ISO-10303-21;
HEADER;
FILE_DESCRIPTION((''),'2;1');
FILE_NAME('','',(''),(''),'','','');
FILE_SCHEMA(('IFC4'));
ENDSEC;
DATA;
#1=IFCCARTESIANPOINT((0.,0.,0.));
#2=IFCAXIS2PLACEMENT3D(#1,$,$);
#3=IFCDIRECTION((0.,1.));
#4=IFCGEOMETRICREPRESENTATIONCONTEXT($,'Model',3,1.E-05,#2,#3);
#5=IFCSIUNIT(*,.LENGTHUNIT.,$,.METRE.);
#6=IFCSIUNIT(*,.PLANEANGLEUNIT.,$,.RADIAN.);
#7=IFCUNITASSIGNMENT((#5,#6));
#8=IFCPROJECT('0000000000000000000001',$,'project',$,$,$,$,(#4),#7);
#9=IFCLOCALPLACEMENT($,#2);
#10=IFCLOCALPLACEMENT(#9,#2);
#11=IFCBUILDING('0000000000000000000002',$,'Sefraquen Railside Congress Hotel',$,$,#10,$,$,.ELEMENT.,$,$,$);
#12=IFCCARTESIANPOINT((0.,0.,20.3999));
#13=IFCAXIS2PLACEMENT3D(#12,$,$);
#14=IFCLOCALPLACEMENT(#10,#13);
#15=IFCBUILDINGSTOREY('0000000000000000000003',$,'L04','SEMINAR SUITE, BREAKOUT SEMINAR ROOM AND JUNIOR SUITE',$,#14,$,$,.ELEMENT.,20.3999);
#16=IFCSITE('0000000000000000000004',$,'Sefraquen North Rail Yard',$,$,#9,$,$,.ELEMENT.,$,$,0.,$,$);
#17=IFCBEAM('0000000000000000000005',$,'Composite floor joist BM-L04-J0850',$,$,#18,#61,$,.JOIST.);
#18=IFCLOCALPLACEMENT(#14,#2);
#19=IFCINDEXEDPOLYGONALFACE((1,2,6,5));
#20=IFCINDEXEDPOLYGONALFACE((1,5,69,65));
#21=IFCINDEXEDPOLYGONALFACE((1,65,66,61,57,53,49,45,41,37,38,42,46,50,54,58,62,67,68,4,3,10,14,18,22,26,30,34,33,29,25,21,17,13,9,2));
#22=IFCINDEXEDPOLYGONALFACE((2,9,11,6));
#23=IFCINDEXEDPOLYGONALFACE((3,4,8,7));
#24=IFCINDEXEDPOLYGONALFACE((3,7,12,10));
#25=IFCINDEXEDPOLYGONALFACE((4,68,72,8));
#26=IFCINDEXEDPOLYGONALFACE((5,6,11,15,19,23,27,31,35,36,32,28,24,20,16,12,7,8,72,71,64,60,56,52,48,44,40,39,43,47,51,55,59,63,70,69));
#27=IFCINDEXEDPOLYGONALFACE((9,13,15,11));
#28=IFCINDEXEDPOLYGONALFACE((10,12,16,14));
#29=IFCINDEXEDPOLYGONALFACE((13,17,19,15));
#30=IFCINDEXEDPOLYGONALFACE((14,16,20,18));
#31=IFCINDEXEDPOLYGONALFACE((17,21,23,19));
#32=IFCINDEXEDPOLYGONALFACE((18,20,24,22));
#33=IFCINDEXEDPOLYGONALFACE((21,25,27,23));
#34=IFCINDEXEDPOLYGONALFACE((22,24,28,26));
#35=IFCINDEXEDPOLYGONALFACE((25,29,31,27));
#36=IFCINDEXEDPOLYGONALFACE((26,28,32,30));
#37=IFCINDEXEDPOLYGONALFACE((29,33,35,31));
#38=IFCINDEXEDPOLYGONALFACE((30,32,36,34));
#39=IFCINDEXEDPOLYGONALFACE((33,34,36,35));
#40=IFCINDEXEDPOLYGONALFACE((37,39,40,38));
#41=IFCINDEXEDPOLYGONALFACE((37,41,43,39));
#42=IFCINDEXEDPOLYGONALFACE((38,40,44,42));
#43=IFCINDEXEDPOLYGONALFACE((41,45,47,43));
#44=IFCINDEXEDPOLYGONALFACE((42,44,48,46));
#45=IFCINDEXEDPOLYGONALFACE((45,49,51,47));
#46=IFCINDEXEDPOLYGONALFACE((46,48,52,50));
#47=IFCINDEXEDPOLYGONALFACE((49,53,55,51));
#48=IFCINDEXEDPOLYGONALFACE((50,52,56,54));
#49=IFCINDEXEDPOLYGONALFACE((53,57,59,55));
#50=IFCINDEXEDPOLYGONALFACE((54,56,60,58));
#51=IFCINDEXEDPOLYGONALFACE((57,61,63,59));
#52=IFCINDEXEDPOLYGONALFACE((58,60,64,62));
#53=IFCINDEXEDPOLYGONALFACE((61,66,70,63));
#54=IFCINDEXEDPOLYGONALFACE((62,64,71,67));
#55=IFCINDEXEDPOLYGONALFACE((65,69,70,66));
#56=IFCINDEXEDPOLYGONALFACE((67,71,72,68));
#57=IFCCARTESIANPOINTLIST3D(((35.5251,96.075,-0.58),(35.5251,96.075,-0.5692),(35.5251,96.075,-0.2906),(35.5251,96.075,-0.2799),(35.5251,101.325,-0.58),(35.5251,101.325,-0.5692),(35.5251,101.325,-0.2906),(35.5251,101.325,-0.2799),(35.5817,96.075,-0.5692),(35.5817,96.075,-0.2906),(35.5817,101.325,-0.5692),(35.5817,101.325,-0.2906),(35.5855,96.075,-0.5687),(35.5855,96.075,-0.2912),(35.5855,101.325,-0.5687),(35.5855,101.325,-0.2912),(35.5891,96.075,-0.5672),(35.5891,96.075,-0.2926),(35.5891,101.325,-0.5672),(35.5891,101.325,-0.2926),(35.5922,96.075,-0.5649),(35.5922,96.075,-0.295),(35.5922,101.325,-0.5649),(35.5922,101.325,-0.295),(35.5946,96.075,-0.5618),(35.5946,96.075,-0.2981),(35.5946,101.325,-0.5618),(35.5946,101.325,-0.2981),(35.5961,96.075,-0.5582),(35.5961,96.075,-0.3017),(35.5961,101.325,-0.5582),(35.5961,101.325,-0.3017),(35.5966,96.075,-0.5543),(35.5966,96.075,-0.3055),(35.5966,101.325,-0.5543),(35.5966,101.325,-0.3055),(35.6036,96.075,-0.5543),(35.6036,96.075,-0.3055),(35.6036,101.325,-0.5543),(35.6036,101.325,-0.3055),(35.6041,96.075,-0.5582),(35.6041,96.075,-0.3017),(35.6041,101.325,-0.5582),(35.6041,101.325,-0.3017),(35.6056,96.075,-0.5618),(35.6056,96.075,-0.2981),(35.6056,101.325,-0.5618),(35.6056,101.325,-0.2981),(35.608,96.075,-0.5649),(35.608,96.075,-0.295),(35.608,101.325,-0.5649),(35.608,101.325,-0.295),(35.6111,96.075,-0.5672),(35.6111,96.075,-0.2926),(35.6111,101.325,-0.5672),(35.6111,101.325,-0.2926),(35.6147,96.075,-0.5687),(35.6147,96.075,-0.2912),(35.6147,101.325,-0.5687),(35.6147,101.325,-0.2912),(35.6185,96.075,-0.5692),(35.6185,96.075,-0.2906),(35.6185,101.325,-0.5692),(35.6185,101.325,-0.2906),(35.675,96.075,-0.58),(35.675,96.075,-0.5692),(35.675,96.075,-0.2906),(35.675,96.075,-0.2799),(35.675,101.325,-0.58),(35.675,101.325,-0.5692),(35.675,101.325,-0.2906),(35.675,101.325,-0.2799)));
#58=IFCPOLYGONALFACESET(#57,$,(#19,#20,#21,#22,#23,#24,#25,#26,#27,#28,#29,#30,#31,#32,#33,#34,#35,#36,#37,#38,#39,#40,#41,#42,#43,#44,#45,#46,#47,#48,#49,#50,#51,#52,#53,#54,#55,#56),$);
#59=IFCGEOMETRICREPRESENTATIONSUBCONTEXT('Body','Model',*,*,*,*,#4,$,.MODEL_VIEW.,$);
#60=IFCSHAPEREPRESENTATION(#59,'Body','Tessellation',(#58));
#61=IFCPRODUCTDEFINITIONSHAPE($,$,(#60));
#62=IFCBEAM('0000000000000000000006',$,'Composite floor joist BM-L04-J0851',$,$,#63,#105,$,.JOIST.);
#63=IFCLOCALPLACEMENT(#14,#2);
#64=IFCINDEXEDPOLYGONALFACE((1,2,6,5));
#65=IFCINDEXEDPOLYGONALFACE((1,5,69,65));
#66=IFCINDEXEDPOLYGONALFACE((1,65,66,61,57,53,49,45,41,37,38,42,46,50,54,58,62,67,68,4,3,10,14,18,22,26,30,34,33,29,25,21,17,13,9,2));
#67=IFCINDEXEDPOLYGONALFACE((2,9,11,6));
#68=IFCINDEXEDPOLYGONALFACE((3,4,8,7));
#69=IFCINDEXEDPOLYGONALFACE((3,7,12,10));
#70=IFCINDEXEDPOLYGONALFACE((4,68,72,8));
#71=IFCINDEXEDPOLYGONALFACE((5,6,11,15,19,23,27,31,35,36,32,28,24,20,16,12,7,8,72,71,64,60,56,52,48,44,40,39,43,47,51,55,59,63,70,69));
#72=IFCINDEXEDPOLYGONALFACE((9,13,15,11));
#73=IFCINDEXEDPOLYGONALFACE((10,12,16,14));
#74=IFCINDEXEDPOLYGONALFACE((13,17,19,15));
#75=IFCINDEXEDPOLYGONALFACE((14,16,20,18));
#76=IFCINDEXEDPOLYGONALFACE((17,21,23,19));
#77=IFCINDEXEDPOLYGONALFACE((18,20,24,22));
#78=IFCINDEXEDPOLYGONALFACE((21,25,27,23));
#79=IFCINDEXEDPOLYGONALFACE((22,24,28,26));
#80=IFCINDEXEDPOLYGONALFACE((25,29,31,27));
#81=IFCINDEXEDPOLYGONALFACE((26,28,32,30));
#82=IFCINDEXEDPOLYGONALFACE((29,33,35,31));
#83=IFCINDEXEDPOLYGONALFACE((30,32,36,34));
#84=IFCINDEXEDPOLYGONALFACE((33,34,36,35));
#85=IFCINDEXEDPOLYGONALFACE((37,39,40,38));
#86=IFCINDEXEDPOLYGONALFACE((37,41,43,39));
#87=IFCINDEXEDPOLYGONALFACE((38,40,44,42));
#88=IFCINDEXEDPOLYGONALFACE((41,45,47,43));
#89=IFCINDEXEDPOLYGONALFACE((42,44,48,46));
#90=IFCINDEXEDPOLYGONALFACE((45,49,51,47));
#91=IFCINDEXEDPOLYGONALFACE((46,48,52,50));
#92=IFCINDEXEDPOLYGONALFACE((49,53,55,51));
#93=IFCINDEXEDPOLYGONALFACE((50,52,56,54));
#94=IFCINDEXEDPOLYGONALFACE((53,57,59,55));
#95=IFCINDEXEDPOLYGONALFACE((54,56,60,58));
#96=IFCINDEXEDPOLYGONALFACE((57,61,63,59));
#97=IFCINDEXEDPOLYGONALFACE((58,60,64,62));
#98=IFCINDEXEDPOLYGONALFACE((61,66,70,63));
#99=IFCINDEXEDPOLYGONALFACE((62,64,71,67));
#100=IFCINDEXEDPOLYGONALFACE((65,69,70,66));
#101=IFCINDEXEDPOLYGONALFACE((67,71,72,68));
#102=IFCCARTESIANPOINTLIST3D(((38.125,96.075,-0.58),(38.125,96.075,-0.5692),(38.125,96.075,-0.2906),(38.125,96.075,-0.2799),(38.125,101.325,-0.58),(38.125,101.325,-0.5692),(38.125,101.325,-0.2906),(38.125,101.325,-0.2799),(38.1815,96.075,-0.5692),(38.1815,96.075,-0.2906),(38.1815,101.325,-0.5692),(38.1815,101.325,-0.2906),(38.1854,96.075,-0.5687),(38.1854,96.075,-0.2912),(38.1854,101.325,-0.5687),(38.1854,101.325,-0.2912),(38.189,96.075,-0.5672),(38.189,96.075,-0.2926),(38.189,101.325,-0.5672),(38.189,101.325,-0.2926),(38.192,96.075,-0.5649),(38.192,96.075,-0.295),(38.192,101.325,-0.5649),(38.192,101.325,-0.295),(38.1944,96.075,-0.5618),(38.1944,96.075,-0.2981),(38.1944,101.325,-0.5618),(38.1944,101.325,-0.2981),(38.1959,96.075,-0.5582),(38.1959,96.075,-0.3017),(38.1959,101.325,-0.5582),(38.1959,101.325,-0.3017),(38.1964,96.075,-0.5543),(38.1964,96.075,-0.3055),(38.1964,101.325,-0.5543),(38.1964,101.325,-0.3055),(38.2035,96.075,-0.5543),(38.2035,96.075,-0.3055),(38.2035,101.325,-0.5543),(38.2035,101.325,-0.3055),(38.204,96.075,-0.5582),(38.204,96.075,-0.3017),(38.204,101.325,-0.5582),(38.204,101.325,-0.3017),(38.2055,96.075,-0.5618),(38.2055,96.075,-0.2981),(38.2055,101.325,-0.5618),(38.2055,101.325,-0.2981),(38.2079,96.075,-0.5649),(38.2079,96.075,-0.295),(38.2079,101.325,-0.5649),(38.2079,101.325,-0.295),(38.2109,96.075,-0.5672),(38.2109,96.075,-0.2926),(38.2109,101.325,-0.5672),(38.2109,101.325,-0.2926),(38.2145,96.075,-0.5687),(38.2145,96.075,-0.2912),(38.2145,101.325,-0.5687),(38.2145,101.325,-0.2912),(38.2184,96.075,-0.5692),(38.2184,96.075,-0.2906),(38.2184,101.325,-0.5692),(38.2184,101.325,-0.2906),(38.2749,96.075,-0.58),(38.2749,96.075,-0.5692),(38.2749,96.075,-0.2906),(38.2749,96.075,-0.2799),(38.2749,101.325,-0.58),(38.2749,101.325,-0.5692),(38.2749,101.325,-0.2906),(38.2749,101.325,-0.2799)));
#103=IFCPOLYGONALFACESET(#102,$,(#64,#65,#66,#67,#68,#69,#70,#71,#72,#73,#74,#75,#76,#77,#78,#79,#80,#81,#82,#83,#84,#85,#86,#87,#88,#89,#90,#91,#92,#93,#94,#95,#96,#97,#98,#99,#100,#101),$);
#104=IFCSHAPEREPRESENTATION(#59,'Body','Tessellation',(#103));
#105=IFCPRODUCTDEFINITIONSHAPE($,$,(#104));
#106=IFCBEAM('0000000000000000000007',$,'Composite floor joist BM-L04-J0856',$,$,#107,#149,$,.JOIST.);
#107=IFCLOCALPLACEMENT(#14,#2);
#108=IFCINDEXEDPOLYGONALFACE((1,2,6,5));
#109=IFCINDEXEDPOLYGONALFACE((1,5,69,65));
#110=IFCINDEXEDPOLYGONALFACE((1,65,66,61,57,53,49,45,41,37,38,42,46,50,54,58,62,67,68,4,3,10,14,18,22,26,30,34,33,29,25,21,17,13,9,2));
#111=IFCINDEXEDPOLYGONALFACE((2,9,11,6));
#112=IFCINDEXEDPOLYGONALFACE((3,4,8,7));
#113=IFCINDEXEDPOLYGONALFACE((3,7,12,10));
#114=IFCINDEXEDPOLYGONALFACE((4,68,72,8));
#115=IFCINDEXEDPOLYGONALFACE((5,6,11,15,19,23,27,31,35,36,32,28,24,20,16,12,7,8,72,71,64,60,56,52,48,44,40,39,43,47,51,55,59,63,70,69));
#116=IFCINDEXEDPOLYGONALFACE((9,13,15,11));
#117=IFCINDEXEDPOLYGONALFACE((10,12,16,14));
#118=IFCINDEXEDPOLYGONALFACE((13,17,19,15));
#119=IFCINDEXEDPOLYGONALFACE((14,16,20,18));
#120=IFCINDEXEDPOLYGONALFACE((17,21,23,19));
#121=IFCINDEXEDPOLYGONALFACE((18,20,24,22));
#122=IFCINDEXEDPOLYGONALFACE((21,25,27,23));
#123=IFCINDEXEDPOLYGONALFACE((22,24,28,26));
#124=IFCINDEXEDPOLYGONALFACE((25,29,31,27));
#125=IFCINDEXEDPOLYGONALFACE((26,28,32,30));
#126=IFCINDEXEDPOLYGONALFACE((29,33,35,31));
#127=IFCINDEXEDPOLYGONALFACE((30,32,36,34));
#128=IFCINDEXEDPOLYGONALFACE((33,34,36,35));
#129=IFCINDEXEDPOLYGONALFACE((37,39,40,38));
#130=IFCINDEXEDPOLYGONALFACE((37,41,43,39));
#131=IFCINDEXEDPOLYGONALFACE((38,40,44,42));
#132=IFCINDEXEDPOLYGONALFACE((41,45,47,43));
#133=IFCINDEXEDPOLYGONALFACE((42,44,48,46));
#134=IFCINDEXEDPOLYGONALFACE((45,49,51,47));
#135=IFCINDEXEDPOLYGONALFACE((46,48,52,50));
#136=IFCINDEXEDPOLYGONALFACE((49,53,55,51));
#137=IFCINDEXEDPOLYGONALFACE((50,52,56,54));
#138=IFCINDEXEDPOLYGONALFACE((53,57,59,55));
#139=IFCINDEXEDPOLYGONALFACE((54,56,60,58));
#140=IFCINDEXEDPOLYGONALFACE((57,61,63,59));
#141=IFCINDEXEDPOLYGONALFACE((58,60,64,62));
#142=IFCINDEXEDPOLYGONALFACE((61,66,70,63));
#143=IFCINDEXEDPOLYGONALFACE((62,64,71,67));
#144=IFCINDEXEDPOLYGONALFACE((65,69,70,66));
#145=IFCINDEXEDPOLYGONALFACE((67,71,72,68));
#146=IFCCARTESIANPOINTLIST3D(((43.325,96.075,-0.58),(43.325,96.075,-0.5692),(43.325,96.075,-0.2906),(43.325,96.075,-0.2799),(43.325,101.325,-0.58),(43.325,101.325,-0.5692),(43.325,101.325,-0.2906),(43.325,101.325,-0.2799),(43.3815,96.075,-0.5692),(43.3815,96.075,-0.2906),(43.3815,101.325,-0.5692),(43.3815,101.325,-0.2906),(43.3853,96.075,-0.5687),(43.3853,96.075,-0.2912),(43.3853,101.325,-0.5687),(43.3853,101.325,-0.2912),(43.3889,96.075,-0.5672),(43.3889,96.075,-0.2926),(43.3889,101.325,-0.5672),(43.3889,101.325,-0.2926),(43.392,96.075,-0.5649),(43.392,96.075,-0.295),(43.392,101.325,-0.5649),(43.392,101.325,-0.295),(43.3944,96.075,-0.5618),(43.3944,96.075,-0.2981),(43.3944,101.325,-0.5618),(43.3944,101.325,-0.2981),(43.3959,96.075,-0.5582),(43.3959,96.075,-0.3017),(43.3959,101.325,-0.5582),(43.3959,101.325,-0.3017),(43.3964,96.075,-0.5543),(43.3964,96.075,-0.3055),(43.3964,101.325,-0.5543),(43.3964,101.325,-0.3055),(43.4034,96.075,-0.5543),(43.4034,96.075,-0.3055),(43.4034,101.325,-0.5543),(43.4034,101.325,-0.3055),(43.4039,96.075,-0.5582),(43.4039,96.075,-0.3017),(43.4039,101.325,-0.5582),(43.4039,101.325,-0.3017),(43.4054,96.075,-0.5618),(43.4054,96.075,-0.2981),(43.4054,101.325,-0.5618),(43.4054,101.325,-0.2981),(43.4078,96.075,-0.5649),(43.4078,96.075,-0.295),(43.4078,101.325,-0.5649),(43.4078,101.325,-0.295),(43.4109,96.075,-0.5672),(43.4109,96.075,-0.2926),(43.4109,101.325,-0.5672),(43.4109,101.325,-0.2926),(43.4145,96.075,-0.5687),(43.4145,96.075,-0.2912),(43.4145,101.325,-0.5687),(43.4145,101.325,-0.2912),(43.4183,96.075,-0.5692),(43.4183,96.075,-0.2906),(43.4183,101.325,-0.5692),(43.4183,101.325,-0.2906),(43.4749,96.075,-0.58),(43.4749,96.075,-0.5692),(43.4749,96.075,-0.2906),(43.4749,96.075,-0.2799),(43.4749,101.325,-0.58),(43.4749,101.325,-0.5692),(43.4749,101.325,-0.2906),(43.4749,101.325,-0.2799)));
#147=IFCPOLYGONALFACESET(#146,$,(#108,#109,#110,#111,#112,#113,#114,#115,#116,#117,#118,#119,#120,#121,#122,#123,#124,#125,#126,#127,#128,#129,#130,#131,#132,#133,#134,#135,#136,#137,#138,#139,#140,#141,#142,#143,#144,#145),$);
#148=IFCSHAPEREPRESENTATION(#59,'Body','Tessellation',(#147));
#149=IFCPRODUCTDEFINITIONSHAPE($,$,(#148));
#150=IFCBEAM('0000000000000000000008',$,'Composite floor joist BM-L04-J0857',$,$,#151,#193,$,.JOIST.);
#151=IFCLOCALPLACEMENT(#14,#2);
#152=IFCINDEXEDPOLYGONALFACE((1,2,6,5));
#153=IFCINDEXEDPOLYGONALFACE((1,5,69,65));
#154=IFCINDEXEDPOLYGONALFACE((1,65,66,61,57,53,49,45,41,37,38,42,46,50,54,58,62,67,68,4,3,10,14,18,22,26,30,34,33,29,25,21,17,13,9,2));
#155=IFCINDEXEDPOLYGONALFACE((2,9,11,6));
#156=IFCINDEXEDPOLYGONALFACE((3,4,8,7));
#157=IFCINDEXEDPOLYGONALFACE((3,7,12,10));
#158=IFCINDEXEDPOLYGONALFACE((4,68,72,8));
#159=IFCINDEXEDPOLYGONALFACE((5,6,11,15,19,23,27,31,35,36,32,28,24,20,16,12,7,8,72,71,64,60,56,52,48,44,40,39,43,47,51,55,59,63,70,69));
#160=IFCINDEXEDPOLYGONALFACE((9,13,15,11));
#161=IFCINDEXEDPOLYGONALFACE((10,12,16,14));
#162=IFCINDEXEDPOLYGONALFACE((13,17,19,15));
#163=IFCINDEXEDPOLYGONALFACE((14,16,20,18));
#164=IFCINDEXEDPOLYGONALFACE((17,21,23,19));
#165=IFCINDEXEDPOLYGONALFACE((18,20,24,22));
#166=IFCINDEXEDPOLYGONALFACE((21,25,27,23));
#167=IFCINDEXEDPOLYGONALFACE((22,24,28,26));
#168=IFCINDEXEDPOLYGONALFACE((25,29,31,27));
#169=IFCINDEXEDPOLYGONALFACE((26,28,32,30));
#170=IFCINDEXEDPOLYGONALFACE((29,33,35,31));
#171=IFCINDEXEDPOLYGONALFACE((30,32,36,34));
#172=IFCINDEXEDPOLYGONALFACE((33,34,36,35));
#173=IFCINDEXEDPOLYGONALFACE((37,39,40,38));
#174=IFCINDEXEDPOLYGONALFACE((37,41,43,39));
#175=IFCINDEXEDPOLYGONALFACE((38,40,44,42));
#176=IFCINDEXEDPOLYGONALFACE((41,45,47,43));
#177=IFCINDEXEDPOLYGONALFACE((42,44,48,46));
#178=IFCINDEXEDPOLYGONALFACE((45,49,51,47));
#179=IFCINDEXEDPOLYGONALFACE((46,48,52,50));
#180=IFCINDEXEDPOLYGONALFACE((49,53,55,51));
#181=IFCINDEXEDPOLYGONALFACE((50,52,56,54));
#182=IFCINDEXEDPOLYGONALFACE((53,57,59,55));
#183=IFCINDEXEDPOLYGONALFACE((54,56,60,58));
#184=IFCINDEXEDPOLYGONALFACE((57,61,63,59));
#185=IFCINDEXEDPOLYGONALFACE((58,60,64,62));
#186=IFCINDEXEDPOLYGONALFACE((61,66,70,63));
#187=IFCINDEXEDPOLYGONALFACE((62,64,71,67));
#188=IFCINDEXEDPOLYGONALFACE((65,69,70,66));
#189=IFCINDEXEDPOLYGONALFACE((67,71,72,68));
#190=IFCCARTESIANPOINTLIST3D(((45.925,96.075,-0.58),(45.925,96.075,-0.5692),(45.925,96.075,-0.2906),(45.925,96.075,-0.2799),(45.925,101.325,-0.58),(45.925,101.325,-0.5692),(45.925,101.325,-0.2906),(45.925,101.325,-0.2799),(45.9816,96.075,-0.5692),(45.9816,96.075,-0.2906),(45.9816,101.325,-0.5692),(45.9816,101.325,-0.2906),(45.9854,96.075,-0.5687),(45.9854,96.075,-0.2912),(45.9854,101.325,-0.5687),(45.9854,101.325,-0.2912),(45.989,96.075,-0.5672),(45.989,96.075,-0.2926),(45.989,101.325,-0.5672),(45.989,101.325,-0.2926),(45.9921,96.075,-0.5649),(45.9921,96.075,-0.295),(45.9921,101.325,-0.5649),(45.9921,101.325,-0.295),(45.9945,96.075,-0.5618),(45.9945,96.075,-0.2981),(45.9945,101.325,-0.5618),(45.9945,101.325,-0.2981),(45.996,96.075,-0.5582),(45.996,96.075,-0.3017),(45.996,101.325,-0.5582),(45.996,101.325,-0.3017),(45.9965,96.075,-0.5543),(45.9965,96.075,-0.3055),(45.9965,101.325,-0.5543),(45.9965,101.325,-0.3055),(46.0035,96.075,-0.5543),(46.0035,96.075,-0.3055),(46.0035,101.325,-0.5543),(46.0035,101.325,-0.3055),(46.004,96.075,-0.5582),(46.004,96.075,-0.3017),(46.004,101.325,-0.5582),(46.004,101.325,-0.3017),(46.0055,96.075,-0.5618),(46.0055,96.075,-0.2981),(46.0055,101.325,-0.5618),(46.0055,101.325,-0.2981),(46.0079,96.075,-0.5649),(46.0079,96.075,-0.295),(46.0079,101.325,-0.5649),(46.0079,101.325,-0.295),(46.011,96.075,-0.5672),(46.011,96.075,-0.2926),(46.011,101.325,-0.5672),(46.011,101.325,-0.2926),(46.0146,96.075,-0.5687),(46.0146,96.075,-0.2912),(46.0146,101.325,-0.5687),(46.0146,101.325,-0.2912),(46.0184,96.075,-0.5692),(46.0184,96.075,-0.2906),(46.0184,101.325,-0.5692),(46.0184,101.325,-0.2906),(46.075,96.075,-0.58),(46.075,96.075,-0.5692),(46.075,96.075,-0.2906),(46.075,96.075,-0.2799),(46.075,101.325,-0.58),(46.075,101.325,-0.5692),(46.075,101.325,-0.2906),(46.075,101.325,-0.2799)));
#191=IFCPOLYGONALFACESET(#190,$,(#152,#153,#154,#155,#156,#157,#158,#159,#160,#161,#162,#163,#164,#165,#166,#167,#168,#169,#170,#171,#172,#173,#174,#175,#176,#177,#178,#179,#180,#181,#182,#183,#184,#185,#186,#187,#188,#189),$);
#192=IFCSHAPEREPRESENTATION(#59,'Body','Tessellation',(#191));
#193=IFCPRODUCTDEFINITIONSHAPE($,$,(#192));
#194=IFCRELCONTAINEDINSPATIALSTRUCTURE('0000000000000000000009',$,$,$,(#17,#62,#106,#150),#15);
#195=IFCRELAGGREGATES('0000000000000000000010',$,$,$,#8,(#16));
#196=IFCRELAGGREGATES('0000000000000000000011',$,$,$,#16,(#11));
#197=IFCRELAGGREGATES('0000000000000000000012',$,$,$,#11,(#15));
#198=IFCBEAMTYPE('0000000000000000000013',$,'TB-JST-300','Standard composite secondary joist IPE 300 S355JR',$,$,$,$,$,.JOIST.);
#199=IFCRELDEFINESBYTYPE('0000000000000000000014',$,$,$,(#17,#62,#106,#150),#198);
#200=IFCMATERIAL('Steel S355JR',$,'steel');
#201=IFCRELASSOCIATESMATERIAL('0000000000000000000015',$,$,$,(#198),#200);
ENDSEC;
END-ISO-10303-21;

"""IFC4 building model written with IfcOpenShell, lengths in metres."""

from ifc_helpers import new_model, si_unit, direction, frame, origin, origin_2d, place, context, subcontext, project, spatial, i_section, extrude, material, material_profile, profile_set, type_object, element, save


model = new_model("IFC4")

# Units and contexts
model_context = context("Model", 3, precision=1e-05, world=origin(), true_north=direction((0.0, 1.0)))
body_context = subcontext(model_context, "Body", "Model", "MODEL_VIEW")
ifc_project = project(units=[si_unit("LENGTHUNIT", "METRE"), si_unit("PLANEANGLEUNIT", "RADIAN")], contexts=[model_context])

# Site, building, storey
site_placement = place(None, origin())
site = spatial("IfcSite", under=ifc_project, at=site_placement, Name="Sefraquen North Rail Yard", CompositionType="ELEMENT", RefElevation=0.0)
building_placement = place(site_placement, origin())
building = spatial("IfcBuilding", under=site, at=building_placement, Name="Sefraquen Railside Congress Hotel", CompositionType="ELEMENT")
storey_placement = place(building_placement, frame((0.0, 0.0, 20.3999)))
storey = spatial("IfcBuildingStorey", under=building, at=storey_placement, Name="L04", Description="SEMINAR SUITE, BREAKOUT SEMINAR ROOM AND JUNIOR SUITE", CompositionType="ELEMENT", Elevation=20.3999)

# Shared definitions
ifc_material_1 = material(Name="Steel S355JR", Category="steel")

# Beams
ifc_material_profile_1 = material_profile(ifc_material_1, i_section(OverallWidth=0.1499, OverallDepth=0.3, WebThickness=0.0071, FlangeThickness=0.0107, FilletRadius=0.0149, at=origin_2d()), Name="IPE 300")
ifc_profile_set_1 = profile_set([ifc_material_profile_1], Name="Steel S355JR")
beam_type_1 = type_object("IfcBeamType", Name="TB-JST-300", Description="Standard composite secondary joist IPE 300 S355JR", PredefinedType="JOIST", material=ifc_profile_set_1)
for number, where, z_axis, x_axis, name in (
    (1, (35.6001, 96.075, -0.4299), (0.0, 1.0, 0.0), (-1.0, 0.0, 0.0), "Composite floor joist BM-L04-J0850"),
    (2, (38.2, 96.075, -0.4299), (0.0, 1.0, 0.0), (-1.0, 0.0, 0.0), "Composite floor joist BM-L04-J0851"),
    (3, (43.3999, 96.075, -0.4299), (0.0, 1.0, 0.0), (-1.0, 0.0, 0.0), "Composite floor joist BM-L04-J0856"),
    (4, (46.0, 96.075, -0.4299), (0.0, 1.0, 0.0), (-1.0, 0.0, 0.0), "Composite floor joist BM-L04-J0857"),
):
    element("IfcBeam", number, at=place(storey_placement, frame(where, z_axis=z_axis, x_axis=x_axis)), inside=storey, type_object=beam_type_1, Name=name, PredefinedType="JOIST", context=body_context, shape_type="SweptSolid", body=[
        extrude(i_section(OverallWidth=0.1499, OverallDepth=0.3, WebThickness=0.0071, FlangeThickness=0.0107, FilletRadius=0.0149, at=origin_2d()), origin(), (0.0, 0.0, 1.0), 5.25),
    ])

save(model, "model.ifc")
